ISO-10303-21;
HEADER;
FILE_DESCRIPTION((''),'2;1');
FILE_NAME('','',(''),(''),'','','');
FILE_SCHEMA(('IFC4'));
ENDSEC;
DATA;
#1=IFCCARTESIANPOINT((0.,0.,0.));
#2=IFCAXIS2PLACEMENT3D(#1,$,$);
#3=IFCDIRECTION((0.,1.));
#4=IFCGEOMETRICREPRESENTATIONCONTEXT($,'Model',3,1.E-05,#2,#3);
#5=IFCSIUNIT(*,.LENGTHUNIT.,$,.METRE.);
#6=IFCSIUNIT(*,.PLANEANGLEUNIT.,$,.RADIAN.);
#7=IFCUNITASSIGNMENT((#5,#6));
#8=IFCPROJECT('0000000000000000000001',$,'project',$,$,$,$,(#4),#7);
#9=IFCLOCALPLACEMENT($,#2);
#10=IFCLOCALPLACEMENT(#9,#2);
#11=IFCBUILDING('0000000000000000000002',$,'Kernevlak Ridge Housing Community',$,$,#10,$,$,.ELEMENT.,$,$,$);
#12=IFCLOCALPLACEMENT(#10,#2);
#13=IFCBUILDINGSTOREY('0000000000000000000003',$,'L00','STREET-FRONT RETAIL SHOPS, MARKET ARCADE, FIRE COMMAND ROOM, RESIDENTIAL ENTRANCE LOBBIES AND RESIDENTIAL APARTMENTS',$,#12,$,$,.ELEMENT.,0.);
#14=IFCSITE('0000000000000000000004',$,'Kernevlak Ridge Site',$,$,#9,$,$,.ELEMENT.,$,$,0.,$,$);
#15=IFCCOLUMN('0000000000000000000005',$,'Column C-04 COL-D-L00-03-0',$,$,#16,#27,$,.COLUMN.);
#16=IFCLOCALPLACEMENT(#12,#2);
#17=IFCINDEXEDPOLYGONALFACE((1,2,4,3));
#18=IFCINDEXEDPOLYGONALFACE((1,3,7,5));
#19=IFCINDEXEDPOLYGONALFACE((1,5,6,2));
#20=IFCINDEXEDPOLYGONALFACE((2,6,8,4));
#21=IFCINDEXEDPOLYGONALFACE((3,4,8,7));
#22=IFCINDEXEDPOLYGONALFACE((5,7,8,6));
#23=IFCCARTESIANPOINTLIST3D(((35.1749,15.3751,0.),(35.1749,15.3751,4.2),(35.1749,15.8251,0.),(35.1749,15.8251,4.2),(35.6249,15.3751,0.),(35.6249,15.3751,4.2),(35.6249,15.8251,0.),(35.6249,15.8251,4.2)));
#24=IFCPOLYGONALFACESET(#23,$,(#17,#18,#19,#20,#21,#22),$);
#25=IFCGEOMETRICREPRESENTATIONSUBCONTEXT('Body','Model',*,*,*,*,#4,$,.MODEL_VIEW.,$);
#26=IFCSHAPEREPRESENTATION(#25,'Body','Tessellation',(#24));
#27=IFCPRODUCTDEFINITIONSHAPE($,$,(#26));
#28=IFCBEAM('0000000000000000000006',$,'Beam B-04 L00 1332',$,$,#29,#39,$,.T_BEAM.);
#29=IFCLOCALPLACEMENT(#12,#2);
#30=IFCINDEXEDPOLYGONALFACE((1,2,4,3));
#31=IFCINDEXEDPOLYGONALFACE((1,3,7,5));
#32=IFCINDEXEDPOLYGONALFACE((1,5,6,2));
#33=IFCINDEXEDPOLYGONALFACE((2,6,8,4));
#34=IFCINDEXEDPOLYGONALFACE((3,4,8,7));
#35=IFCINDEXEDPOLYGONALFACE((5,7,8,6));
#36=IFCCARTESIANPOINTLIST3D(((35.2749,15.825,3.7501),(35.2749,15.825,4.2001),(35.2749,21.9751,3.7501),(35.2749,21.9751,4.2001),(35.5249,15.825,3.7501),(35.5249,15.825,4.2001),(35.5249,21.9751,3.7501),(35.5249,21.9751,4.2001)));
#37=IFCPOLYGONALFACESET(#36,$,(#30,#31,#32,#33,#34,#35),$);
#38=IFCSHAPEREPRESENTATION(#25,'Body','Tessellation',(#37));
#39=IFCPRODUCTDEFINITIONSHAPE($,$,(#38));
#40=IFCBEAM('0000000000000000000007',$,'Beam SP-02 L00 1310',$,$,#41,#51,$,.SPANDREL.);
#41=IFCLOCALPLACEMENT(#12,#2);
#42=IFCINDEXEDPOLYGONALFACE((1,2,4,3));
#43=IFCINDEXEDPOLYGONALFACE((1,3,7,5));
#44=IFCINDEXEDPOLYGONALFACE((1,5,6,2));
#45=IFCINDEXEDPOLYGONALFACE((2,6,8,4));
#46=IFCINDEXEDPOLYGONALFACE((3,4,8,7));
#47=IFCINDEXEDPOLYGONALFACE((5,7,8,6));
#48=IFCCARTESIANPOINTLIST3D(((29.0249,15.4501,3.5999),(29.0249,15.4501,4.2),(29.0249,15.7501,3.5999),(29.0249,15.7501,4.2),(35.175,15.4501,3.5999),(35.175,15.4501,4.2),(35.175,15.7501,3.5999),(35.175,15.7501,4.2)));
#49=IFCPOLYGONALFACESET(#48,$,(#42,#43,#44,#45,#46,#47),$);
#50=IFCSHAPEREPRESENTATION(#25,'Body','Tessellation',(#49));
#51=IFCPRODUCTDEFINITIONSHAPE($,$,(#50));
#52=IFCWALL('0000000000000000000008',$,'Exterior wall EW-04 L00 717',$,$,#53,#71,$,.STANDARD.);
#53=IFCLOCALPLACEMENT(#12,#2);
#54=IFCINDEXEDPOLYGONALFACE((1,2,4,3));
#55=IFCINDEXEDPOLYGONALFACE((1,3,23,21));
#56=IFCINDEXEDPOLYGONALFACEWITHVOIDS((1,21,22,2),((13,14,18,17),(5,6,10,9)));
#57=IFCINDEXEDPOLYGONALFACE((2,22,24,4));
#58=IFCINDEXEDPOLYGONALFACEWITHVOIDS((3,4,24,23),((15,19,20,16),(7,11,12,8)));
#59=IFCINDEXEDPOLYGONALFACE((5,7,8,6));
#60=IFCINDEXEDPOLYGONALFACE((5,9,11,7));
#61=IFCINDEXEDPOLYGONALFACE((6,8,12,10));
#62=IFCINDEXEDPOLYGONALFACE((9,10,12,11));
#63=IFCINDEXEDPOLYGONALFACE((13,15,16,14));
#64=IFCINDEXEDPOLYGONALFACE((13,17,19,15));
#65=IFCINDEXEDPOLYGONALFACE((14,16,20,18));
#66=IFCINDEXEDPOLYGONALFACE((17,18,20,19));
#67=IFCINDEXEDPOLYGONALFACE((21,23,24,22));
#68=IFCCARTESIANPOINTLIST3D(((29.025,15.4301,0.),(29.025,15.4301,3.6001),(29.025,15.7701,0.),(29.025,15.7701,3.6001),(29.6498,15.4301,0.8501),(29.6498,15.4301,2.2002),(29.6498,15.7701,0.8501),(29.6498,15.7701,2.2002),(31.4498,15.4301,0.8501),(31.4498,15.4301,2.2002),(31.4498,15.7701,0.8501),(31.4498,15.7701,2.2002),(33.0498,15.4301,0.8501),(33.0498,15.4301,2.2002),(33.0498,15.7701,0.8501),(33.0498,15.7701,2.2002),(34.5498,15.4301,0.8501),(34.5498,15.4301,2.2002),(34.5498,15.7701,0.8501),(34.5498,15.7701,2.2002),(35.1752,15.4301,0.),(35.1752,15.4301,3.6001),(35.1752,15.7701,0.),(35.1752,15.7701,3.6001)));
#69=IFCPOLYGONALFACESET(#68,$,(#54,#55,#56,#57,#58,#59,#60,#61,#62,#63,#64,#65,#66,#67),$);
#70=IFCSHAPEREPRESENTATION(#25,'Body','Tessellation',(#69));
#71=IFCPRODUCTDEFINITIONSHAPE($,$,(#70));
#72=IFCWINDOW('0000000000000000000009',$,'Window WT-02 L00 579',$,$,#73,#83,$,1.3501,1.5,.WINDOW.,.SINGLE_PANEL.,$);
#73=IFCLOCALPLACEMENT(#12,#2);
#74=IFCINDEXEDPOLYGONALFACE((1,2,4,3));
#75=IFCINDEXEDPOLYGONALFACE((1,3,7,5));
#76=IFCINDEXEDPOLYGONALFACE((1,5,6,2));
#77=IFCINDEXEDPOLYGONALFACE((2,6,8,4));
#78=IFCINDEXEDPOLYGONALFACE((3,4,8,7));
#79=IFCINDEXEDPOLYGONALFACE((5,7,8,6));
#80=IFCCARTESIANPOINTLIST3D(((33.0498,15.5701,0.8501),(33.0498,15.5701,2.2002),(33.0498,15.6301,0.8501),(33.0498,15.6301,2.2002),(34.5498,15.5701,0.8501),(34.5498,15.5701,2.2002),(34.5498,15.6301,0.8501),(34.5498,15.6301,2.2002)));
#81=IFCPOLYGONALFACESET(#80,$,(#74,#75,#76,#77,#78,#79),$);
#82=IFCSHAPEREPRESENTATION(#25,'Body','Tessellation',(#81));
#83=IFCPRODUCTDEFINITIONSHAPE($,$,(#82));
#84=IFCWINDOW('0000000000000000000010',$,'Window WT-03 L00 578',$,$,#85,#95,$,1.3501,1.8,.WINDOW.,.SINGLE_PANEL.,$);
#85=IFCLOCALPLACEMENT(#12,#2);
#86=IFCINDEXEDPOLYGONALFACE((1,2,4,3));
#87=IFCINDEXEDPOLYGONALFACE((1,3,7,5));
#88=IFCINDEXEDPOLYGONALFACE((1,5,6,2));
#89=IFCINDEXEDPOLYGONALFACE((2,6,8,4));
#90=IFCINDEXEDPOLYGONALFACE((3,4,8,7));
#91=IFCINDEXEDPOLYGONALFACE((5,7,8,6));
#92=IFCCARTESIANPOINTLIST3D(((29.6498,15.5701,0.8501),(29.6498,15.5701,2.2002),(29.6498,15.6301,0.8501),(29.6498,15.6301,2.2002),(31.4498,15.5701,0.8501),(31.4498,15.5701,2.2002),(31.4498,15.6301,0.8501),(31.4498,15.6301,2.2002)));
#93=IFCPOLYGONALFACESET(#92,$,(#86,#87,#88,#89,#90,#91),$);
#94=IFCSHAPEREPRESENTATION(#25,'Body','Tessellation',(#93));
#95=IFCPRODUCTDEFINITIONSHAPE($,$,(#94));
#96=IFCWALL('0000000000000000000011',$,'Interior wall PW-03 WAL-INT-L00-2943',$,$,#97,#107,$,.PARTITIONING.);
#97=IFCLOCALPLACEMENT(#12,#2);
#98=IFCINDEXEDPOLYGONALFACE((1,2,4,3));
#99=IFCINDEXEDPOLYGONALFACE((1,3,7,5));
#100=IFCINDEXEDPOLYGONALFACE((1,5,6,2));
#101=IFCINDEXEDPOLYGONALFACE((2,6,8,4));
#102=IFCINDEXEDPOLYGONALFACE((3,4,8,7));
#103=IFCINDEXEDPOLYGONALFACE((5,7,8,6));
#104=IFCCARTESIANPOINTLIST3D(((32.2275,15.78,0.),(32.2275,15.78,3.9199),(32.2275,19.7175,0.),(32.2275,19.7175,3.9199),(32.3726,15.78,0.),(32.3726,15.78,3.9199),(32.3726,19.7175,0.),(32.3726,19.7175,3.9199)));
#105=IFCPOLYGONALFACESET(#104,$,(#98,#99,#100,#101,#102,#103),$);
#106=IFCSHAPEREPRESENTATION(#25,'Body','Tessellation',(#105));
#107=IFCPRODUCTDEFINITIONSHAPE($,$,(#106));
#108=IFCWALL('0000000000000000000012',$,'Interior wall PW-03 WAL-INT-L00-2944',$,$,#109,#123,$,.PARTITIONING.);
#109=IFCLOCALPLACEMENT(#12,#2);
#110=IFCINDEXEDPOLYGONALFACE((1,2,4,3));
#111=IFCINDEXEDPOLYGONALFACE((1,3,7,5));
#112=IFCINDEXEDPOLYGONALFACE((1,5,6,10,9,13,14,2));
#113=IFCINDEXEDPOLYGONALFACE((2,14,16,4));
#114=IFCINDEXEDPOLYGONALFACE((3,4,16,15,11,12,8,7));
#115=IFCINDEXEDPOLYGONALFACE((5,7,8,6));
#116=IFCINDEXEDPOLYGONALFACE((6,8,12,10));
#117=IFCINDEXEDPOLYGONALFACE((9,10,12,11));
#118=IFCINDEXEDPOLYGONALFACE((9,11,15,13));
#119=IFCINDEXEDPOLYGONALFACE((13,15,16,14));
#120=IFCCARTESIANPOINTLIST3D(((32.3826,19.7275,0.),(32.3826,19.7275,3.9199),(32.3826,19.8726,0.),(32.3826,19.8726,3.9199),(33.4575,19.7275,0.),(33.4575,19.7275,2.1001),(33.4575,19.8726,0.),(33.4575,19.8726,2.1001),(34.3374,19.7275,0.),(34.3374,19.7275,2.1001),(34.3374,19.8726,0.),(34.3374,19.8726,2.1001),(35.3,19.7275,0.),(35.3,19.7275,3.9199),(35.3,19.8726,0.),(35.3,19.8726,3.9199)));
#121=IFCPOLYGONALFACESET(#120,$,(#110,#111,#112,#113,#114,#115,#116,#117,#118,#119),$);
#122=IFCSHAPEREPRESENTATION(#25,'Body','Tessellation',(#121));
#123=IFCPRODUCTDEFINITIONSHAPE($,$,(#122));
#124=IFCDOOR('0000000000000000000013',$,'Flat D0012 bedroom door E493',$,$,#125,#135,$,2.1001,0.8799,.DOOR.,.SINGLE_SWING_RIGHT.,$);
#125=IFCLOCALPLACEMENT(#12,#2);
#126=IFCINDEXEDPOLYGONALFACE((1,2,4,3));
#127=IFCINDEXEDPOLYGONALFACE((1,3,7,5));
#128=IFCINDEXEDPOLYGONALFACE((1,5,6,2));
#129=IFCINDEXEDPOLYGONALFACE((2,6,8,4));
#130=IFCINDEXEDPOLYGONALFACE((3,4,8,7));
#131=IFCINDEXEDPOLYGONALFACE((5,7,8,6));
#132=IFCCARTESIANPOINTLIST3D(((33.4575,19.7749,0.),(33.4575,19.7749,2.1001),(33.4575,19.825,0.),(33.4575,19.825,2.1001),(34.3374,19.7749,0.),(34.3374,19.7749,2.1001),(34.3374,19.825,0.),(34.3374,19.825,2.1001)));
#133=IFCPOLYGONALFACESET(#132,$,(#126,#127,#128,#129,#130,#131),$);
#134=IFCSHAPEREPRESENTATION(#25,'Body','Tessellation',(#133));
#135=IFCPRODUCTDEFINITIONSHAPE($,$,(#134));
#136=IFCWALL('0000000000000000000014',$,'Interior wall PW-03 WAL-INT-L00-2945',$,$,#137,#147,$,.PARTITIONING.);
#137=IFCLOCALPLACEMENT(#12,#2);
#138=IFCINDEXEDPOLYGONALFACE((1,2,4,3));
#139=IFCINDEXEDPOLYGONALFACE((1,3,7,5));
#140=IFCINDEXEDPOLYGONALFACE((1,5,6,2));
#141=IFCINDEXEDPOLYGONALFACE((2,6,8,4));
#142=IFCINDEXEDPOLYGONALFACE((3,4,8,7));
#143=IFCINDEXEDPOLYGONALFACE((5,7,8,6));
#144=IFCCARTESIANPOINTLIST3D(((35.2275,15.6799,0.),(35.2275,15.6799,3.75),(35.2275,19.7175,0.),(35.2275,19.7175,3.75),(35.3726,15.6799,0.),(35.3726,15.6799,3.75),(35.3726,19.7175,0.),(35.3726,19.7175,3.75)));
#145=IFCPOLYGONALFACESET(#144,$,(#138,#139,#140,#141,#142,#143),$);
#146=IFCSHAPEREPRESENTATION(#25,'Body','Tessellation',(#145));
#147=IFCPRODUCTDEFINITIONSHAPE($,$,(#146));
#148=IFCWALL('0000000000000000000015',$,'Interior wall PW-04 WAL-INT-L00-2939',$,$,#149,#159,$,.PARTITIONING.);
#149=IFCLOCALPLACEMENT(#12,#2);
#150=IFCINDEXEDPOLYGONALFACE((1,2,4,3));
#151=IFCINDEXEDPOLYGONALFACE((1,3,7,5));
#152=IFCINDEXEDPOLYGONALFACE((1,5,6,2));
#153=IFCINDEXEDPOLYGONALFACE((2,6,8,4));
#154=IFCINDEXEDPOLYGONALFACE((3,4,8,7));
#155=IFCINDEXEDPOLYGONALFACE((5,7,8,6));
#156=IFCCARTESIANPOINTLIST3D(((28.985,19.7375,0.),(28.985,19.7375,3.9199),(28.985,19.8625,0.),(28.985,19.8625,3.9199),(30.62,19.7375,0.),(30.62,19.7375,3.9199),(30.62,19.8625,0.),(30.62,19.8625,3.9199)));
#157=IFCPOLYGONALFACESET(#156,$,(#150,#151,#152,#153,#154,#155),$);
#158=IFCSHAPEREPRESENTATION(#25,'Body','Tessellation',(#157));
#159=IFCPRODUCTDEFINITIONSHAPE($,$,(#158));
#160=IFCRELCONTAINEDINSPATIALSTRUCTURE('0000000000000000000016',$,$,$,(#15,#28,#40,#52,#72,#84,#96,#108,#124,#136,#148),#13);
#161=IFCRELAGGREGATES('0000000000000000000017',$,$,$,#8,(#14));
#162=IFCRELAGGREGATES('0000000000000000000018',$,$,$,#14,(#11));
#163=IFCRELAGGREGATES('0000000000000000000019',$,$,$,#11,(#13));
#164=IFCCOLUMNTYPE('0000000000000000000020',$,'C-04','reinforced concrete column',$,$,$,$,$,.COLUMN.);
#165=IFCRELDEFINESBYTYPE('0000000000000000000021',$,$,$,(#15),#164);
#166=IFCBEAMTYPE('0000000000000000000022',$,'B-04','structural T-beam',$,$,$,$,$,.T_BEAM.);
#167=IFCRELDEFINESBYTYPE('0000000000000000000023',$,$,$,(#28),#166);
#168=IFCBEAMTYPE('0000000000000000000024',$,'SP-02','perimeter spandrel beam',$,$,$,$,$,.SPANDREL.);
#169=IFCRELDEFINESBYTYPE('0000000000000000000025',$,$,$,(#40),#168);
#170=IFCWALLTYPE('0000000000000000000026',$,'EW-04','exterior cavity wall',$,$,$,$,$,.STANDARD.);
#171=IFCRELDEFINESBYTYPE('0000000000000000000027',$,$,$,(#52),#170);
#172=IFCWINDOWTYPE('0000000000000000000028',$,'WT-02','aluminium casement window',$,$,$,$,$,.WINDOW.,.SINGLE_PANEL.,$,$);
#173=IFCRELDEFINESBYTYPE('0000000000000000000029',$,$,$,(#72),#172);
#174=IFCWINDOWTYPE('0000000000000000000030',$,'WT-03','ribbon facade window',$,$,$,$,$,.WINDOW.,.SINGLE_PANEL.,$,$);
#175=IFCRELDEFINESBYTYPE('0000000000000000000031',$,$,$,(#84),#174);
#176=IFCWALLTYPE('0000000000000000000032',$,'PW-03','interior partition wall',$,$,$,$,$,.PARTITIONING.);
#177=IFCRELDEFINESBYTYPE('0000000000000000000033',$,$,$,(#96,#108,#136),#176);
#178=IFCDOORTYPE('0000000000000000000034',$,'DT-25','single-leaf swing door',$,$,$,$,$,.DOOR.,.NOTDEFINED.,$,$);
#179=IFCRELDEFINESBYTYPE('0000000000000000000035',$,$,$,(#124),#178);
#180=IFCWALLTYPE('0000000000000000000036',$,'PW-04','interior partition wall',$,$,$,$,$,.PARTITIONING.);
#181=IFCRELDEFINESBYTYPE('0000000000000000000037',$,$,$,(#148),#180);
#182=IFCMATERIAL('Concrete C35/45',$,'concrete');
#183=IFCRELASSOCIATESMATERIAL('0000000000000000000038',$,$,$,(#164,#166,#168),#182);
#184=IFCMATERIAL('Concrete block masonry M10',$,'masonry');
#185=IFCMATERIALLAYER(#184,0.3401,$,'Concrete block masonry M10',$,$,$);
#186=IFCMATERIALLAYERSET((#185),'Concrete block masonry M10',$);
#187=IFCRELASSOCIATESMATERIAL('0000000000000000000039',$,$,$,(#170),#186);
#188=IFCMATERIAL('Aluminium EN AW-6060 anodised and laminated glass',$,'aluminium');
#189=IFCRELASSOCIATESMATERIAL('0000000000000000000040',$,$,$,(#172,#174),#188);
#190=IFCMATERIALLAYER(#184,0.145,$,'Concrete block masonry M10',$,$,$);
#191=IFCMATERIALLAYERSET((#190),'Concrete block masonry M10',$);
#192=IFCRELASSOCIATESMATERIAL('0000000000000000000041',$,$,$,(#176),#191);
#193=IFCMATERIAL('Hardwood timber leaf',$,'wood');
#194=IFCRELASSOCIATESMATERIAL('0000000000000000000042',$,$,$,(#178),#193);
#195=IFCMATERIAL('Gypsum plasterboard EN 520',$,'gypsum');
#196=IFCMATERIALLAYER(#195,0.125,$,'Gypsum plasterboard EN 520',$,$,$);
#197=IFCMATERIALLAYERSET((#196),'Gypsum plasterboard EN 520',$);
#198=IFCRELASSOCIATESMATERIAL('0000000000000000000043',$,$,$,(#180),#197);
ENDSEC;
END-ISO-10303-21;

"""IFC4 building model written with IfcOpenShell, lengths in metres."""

from ifc_helpers import new_model, si_unit, direction, frame, frame_2d, origin, origin_2d, place, context, subcontext, project, spatial, rectangle, extrude, material, layer, layer_set, material_profile, profile_set, type_object, element, fill, save


model = new_model("IFC4")

# Units and contexts
model_context = context("Model", 3, precision=1e-05, world=origin(), true_north=direction((0.0, 1.0)))
body_context = subcontext(model_context, "Body", "Model", "MODEL_VIEW")
ifc_project = project(units=[si_unit("LENGTHUNIT", "METRE"), si_unit("PLANEANGLEUNIT", "RADIAN")], contexts=[model_context])

# Site, building, storey
site_placement = place(None, origin())
site = spatial("IfcSite", under=ifc_project, at=site_placement, Name="Kernevlak Ridge Site", CompositionType="ELEMENT", RefElevation=0.0)
building_placement = place(site_placement, origin())
building = spatial("IfcBuilding", under=site, at=building_placement, Name="Kernevlak Ridge Housing Community", CompositionType="ELEMENT")
storey_placement = place(building_placement, origin())
storey = spatial("IfcBuildingStorey", under=building, at=storey_placement, Name="L00", Description="STREET-FRONT RETAIL SHOPS, MARKET ARCADE, FIRE COMMAND ROOM, RESIDENTIAL ENTRANCE LOBBIES AND RESIDENTIAL APARTMENTS", CompositionType="ELEMENT", Elevation=0.0)

# Column
ifc_material_1 = material(Name="Concrete C35/45", Category="concrete")
ifc_material_profile_1 = material_profile(ifc_material_1, rectangle(XDim=0.45, YDim=0.45, at=origin_2d()), Name="RC 450x450")
ifc_profile_set_1 = profile_set([ifc_material_profile_1], Name="Concrete C35/45")
column_type = type_object("IfcColumnType", Name="C-04", Description="reinforced concrete column", PredefinedType="COLUMN", material=ifc_profile_set_1)
column_placement = place(storey_placement, frame((35.3999, 15.6001, 0.0), z_axis=(0.0, 0.0, 1.0), x_axis=(1.0, 0.0, 0.0)))
element("IfcColumn", 1, at=column_placement, inside=storey, type_object=column_type, Name="Column C-04 COL-D-L00-03-0", PredefinedType="COLUMN", context=body_context, shape_type="SweptSolid", body=[
    extrude(rectangle(XDim=0.45, YDim=0.45, at=origin_2d()), origin(), (0.0, 0.0, 1.0), 4.2),
])

# Beams
ifc_material_profile_2 = material_profile(ifc_material_1, rectangle(XDim=0.25, YDim=0.45, at=origin_2d()), Name="RC 250x450")
ifc_profile_set_2 = profile_set([ifc_material_profile_2], Name="Concrete C35/45")
beam_type_1 = type_object("IfcBeamType", Name="B-04", Description="structural T-beam", PredefinedType="T_BEAM", material=ifc_profile_set_2)
beam_1_placement = place(storey_placement, frame((35.3999, 15.825, 3.9751), z_axis=(0.0, 1.0, 0.0), x_axis=(-1.0, 0.0, 0.0)))
element("IfcBeam", 2, at=beam_1_placement, inside=storey, type_object=beam_type_1, Name="Beam B-04 L00 1332", PredefinedType="T_BEAM", context=body_context, shape_type="SweptSolid", body=[
    extrude(rectangle(XDim=0.25, YDim=0.45, at=origin_2d()), origin(), (0.0, 0.0, 1.0), 6.1501),
])
ifc_material_profile_3 = material_profile(ifc_material_1, rectangle(XDim=0.3, YDim=0.6001, at=origin_2d()), Name="RC 300x600")
ifc_profile_set_3 = profile_set([ifc_material_profile_3], Name="Concrete C35/45")
beam_type_2 = type_object("IfcBeamType", Name="SP-02", Description="perimeter spandrel beam", PredefinedType="SPANDREL", material=ifc_profile_set_3)
beam_2_placement = place(storey_placement, frame((29.0249, 15.6001, 3.8999), z_axis=(1.0, 0.0, 0.0), x_axis=(0.0, 1.0, 0.0)))
element("IfcBeam", 3, at=beam_2_placement, inside=storey, type_object=beam_type_2, Name="Beam SP-02 L00 1310", PredefinedType="SPANDREL", context=body_context, shape_type="SweptSolid", body=[
    extrude(rectangle(XDim=0.3, YDim=0.6001, at=origin_2d()), origin(), (0.0, 0.0, 1.0), 6.1501),
])

# Wall, openings, windows
ifc_material_2 = material(Name="Concrete block masonry M10", Category="masonry")
ifc_layer_1 = layer(ifc_material_2, 0.3401, Name="Concrete block masonry M10")
ifc_layer_set_1 = layer_set([ifc_layer_1], Name="Concrete block masonry M10")
wall_type_1 = type_object("IfcWallType", Name="EW-04", Description="exterior cavity wall", PredefinedType="STANDARD", material=ifc_layer_set_1)
wall_1_placement = place(storey_placement, frame((29.0249, 15.6001, 0.0), z_axis=(0.0, 0.0, 1.0), x_axis=(1.0, 0.0, 0.0)))
wall_1 = element("IfcWall", 4, at=wall_1_placement, inside=storey, type_object=wall_type_1, Name="Exterior wall EW-04 L00 717", PredefinedType="STANDARD", context=body_context, shape_type="SweptSolid", body=[
    extrude(rectangle(XDim=6.1501, YDim=0.3401, at=frame_2d((3.0752, 0.0))), origin(), (0.0, 0.0, 1.0), 3.6001),
])
opening_1_placement = place(wall_1_placement, frame((0.625, 0.0, 0.8501)))
opening_1 = element("IfcOpeningElement", 5, at=opening_1_placement, cuts=wall_1, PredefinedType="OPENING", context=body_context, shape_type="SweptSolid", body=[
    extrude(rectangle(XDim=1.8, YDim=1.3501, at=frame_2d((0.8999, 0.675))), frame((0.0, 0.1799, 0.0), z_axis=(0.0, -1.0, 0.0), x_axis=(1.0, 0.0, 0.0)), (0.0, 0.0, 1.0), 0.3601),
])
opening_2_placement = place(wall_1_placement, frame((4.0249, 0.0, 0.8501)))
opening_2 = element("IfcOpeningElement", 6, at=opening_2_placement, cuts=wall_1, PredefinedType="OPENING", context=body_context, shape_type="SweptSolid", body=[
    extrude(rectangle(XDim=1.5, YDim=1.3501, at=frame_2d((0.75, 0.675))), frame((0.0, 0.1799, 0.0), z_axis=(0.0, -1.0, 0.0), x_axis=(1.0, 0.0, 0.0)), (0.0, 0.0, 1.0), 0.3601),
])
ifc_material_3 = material(Name="Aluminium EN AW-6060 anodised and laminated glass", Category="aluminium")
window_type_1 = type_object("IfcWindowType", Name="WT-02", Description="aluminium casement window", PartitioningType="SINGLE_PANEL", PredefinedType="WINDOW", material=ifc_material_3)
window_1_placement = place(opening_2_placement, origin())
window_1 = element("IfcWindow", 7, at=window_1_placement, inside=storey, type_object=window_type_1, Name="Window WT-02 L00 579", OverallHeight=1.3501, OverallWidth=1.5, PartitioningType="SINGLE_PANEL", PredefinedType="WINDOW", context=body_context, shape_type="SweptSolid", body=[
    extrude(rectangle(XDim=1.5, YDim=1.3501, at=frame_2d((0.75, 0.675))), frame((0.0, 0.03, 0.0), z_axis=(0.0, -1.0, 0.0), x_axis=(1.0, 0.0, 0.0)), (0.0, 0.0, 1.0), 0.0601),
])
fill(opening_2, window_1)
window_type_2 = type_object("IfcWindowType", Name="WT-03", Description="ribbon facade window", PartitioningType="SINGLE_PANEL", PredefinedType="WINDOW", material=ifc_material_3)
window_2_placement = place(opening_1_placement, origin())
window_2 = element("IfcWindow", 8, at=window_2_placement, inside=storey, type_object=window_type_2, Name="Window WT-03 L00 578", OverallHeight=1.3501, OverallWidth=1.8, PartitioningType="SINGLE_PANEL", PredefinedType="WINDOW", context=body_context, shape_type="SweptSolid", body=[
    extrude(rectangle(XDim=1.8, YDim=1.3501, at=frame_2d((0.8999, 0.675))), frame((0.0, 0.03, 0.0), z_axis=(0.0, -1.0, 0.0), x_axis=(1.0, 0.0, 0.0)), (0.0, 0.0, 1.0), 0.0601),
])
fill(opening_1, window_2)

# Shared definitions
ifc_layer_2 = layer(ifc_material_2, 0.145, Name="Concrete block masonry M10")
ifc_layer_set_2 = layer_set([ifc_layer_2], Name="Concrete block masonry M10")
wall_type_2 = type_object("IfcWallType", Name="PW-03", Description="interior partition wall", PredefinedType="PARTITIONING", material=ifc_layer_set_2)
ifc_material_4 = material(Name="Hardwood timber leaf", Category="wood")

# Wall
wall_2_placement = place(storey_placement, frame((32.3, 19.7175, 0.0), z_axis=(0.0, 0.0, 1.0), x_axis=(0.0, -1.0, 0.0)))
element("IfcWall", 9, at=wall_2_placement, inside=storey, type_object=wall_type_2, Name="Interior wall PW-03 WAL-INT-L00-2943", PredefinedType="PARTITIONING", context=body_context, shape_type="SweptSolid", body=[
    extrude(rectangle(XDim=3.9375, YDim=0.145, at=frame_2d((1.9688, 0.0))), origin(), (0.0, 0.0, 1.0), 3.9199),
])

# Wall, opening, door
wall_3_placement = place(storey_placement, frame((32.3826, 19.8, 0.0), z_axis=(0.0, 0.0, 1.0), x_axis=(1.0, 0.0, 0.0)))
wall_3 = element("IfcWall", 10, at=wall_3_placement, inside=storey, type_object=wall_type_2, Name="Interior wall PW-03 WAL-INT-L00-2944", PredefinedType="PARTITIONING", context=body_context, shape_type="SweptSolid", body=[
    extrude(rectangle(XDim=2.9175, YDim=0.145, at=frame_2d((1.4587, 0.0))), origin(), (0.0, 0.0, 1.0), 3.9199),
])
opening_3_placement = place(wall_3_placement, frame((1.075, 0.0, 0.0)))
opening_3 = element("IfcOpeningElement", 11, at=opening_3_placement, cuts=wall_3, PredefinedType="OPENING", context=body_context, shape_type="SweptSolid", body=[
    extrude(rectangle(XDim=0.8799, YDim=2.1001, at=frame_2d((0.4399, 1.05))), frame((0.0, 0.0825, 0.0), z_axis=(0.0, -1.0, 0.0), x_axis=(1.0, 0.0, 0.0)), (0.0, 0.0, 1.0), 0.165),
])
door_type_1 = type_object("IfcDoorType", Name="DT-25", Description="single-leaf swing door", OperationType="NOTDEFINED", PredefinedType="DOOR", material=ifc_material_4)
door_1_placement = place(opening_3_placement, origin())
door_1 = element("IfcDoor", 12, at=door_1_placement, inside=storey, type_object=door_type_1, Name="Flat D0012 bedroom door E493", OperationType="SINGLE_SWING_RIGHT", OverallHeight=2.1001, OverallWidth=0.8799, PredefinedType="DOOR", context=body_context, shape_type="SweptSolid", body=[
    extrude(rectangle(XDim=0.8799, YDim=2.1001, at=frame_2d((0.4399, 1.05))), frame((0.0, 0.0249, 0.0), z_axis=(0.0, -1.0, 0.0), x_axis=(1.0, 0.0, 0.0)), (0.0, 0.0, 1.0), 0.05),
])
fill(opening_3, door_1)

# Walls
wall_4_placement = place(storey_placement, frame((35.3, 19.7175, 0.0), z_axis=(0.0, 0.0, 1.0), x_axis=(0.0, -1.0, 0.0)))
element("IfcWall", 13, at=wall_4_placement, inside=storey, type_object=wall_type_2, Name="Interior wall PW-03 WAL-INT-L00-2945", PredefinedType="PARTITIONING", context=body_context, shape_type="SweptSolid", body=[
    extrude(rectangle(XDim=4.0376, YDim=0.145, at=frame_2d((2.0188, 0.0))), origin(), (0.0, 0.0, 1.0), 3.75),
])
ifc_material_5 = material(Name="Gypsum plasterboard EN 520", Category="gypsum")
ifc_layer_3 = layer(ifc_material_5, 0.125, Name="Gypsum plasterboard EN 520")
ifc_layer_set_3 = layer_set([ifc_layer_3], Name="Gypsum plasterboard EN 520")
wall_type_3 = type_object("IfcWallType", Name="PW-04", Description="interior partition wall", PredefinedType="PARTITIONING", material=ifc_layer_set_3)
wall_5_placement = place(storey_placement, frame((28.9851, 19.8, 0.0), z_axis=(0.0, 0.0, 1.0), x_axis=(1.0, 0.0, 0.0)))
element("IfcWall", 14, at=wall_5_placement, inside=storey, type_object=wall_type_3, Name="Interior wall PW-04 WAL-INT-L00-2939", PredefinedType="PARTITIONING", context=body_context, shape_type="SweptSolid", body=[
    extrude(rectangle(XDim=1.635, YDim=0.125, at=frame_2d((0.8174, 0.0))), origin(), (0.0, 0.0, 1.0), 3.9199),
])

save(model, "model.ifc")
